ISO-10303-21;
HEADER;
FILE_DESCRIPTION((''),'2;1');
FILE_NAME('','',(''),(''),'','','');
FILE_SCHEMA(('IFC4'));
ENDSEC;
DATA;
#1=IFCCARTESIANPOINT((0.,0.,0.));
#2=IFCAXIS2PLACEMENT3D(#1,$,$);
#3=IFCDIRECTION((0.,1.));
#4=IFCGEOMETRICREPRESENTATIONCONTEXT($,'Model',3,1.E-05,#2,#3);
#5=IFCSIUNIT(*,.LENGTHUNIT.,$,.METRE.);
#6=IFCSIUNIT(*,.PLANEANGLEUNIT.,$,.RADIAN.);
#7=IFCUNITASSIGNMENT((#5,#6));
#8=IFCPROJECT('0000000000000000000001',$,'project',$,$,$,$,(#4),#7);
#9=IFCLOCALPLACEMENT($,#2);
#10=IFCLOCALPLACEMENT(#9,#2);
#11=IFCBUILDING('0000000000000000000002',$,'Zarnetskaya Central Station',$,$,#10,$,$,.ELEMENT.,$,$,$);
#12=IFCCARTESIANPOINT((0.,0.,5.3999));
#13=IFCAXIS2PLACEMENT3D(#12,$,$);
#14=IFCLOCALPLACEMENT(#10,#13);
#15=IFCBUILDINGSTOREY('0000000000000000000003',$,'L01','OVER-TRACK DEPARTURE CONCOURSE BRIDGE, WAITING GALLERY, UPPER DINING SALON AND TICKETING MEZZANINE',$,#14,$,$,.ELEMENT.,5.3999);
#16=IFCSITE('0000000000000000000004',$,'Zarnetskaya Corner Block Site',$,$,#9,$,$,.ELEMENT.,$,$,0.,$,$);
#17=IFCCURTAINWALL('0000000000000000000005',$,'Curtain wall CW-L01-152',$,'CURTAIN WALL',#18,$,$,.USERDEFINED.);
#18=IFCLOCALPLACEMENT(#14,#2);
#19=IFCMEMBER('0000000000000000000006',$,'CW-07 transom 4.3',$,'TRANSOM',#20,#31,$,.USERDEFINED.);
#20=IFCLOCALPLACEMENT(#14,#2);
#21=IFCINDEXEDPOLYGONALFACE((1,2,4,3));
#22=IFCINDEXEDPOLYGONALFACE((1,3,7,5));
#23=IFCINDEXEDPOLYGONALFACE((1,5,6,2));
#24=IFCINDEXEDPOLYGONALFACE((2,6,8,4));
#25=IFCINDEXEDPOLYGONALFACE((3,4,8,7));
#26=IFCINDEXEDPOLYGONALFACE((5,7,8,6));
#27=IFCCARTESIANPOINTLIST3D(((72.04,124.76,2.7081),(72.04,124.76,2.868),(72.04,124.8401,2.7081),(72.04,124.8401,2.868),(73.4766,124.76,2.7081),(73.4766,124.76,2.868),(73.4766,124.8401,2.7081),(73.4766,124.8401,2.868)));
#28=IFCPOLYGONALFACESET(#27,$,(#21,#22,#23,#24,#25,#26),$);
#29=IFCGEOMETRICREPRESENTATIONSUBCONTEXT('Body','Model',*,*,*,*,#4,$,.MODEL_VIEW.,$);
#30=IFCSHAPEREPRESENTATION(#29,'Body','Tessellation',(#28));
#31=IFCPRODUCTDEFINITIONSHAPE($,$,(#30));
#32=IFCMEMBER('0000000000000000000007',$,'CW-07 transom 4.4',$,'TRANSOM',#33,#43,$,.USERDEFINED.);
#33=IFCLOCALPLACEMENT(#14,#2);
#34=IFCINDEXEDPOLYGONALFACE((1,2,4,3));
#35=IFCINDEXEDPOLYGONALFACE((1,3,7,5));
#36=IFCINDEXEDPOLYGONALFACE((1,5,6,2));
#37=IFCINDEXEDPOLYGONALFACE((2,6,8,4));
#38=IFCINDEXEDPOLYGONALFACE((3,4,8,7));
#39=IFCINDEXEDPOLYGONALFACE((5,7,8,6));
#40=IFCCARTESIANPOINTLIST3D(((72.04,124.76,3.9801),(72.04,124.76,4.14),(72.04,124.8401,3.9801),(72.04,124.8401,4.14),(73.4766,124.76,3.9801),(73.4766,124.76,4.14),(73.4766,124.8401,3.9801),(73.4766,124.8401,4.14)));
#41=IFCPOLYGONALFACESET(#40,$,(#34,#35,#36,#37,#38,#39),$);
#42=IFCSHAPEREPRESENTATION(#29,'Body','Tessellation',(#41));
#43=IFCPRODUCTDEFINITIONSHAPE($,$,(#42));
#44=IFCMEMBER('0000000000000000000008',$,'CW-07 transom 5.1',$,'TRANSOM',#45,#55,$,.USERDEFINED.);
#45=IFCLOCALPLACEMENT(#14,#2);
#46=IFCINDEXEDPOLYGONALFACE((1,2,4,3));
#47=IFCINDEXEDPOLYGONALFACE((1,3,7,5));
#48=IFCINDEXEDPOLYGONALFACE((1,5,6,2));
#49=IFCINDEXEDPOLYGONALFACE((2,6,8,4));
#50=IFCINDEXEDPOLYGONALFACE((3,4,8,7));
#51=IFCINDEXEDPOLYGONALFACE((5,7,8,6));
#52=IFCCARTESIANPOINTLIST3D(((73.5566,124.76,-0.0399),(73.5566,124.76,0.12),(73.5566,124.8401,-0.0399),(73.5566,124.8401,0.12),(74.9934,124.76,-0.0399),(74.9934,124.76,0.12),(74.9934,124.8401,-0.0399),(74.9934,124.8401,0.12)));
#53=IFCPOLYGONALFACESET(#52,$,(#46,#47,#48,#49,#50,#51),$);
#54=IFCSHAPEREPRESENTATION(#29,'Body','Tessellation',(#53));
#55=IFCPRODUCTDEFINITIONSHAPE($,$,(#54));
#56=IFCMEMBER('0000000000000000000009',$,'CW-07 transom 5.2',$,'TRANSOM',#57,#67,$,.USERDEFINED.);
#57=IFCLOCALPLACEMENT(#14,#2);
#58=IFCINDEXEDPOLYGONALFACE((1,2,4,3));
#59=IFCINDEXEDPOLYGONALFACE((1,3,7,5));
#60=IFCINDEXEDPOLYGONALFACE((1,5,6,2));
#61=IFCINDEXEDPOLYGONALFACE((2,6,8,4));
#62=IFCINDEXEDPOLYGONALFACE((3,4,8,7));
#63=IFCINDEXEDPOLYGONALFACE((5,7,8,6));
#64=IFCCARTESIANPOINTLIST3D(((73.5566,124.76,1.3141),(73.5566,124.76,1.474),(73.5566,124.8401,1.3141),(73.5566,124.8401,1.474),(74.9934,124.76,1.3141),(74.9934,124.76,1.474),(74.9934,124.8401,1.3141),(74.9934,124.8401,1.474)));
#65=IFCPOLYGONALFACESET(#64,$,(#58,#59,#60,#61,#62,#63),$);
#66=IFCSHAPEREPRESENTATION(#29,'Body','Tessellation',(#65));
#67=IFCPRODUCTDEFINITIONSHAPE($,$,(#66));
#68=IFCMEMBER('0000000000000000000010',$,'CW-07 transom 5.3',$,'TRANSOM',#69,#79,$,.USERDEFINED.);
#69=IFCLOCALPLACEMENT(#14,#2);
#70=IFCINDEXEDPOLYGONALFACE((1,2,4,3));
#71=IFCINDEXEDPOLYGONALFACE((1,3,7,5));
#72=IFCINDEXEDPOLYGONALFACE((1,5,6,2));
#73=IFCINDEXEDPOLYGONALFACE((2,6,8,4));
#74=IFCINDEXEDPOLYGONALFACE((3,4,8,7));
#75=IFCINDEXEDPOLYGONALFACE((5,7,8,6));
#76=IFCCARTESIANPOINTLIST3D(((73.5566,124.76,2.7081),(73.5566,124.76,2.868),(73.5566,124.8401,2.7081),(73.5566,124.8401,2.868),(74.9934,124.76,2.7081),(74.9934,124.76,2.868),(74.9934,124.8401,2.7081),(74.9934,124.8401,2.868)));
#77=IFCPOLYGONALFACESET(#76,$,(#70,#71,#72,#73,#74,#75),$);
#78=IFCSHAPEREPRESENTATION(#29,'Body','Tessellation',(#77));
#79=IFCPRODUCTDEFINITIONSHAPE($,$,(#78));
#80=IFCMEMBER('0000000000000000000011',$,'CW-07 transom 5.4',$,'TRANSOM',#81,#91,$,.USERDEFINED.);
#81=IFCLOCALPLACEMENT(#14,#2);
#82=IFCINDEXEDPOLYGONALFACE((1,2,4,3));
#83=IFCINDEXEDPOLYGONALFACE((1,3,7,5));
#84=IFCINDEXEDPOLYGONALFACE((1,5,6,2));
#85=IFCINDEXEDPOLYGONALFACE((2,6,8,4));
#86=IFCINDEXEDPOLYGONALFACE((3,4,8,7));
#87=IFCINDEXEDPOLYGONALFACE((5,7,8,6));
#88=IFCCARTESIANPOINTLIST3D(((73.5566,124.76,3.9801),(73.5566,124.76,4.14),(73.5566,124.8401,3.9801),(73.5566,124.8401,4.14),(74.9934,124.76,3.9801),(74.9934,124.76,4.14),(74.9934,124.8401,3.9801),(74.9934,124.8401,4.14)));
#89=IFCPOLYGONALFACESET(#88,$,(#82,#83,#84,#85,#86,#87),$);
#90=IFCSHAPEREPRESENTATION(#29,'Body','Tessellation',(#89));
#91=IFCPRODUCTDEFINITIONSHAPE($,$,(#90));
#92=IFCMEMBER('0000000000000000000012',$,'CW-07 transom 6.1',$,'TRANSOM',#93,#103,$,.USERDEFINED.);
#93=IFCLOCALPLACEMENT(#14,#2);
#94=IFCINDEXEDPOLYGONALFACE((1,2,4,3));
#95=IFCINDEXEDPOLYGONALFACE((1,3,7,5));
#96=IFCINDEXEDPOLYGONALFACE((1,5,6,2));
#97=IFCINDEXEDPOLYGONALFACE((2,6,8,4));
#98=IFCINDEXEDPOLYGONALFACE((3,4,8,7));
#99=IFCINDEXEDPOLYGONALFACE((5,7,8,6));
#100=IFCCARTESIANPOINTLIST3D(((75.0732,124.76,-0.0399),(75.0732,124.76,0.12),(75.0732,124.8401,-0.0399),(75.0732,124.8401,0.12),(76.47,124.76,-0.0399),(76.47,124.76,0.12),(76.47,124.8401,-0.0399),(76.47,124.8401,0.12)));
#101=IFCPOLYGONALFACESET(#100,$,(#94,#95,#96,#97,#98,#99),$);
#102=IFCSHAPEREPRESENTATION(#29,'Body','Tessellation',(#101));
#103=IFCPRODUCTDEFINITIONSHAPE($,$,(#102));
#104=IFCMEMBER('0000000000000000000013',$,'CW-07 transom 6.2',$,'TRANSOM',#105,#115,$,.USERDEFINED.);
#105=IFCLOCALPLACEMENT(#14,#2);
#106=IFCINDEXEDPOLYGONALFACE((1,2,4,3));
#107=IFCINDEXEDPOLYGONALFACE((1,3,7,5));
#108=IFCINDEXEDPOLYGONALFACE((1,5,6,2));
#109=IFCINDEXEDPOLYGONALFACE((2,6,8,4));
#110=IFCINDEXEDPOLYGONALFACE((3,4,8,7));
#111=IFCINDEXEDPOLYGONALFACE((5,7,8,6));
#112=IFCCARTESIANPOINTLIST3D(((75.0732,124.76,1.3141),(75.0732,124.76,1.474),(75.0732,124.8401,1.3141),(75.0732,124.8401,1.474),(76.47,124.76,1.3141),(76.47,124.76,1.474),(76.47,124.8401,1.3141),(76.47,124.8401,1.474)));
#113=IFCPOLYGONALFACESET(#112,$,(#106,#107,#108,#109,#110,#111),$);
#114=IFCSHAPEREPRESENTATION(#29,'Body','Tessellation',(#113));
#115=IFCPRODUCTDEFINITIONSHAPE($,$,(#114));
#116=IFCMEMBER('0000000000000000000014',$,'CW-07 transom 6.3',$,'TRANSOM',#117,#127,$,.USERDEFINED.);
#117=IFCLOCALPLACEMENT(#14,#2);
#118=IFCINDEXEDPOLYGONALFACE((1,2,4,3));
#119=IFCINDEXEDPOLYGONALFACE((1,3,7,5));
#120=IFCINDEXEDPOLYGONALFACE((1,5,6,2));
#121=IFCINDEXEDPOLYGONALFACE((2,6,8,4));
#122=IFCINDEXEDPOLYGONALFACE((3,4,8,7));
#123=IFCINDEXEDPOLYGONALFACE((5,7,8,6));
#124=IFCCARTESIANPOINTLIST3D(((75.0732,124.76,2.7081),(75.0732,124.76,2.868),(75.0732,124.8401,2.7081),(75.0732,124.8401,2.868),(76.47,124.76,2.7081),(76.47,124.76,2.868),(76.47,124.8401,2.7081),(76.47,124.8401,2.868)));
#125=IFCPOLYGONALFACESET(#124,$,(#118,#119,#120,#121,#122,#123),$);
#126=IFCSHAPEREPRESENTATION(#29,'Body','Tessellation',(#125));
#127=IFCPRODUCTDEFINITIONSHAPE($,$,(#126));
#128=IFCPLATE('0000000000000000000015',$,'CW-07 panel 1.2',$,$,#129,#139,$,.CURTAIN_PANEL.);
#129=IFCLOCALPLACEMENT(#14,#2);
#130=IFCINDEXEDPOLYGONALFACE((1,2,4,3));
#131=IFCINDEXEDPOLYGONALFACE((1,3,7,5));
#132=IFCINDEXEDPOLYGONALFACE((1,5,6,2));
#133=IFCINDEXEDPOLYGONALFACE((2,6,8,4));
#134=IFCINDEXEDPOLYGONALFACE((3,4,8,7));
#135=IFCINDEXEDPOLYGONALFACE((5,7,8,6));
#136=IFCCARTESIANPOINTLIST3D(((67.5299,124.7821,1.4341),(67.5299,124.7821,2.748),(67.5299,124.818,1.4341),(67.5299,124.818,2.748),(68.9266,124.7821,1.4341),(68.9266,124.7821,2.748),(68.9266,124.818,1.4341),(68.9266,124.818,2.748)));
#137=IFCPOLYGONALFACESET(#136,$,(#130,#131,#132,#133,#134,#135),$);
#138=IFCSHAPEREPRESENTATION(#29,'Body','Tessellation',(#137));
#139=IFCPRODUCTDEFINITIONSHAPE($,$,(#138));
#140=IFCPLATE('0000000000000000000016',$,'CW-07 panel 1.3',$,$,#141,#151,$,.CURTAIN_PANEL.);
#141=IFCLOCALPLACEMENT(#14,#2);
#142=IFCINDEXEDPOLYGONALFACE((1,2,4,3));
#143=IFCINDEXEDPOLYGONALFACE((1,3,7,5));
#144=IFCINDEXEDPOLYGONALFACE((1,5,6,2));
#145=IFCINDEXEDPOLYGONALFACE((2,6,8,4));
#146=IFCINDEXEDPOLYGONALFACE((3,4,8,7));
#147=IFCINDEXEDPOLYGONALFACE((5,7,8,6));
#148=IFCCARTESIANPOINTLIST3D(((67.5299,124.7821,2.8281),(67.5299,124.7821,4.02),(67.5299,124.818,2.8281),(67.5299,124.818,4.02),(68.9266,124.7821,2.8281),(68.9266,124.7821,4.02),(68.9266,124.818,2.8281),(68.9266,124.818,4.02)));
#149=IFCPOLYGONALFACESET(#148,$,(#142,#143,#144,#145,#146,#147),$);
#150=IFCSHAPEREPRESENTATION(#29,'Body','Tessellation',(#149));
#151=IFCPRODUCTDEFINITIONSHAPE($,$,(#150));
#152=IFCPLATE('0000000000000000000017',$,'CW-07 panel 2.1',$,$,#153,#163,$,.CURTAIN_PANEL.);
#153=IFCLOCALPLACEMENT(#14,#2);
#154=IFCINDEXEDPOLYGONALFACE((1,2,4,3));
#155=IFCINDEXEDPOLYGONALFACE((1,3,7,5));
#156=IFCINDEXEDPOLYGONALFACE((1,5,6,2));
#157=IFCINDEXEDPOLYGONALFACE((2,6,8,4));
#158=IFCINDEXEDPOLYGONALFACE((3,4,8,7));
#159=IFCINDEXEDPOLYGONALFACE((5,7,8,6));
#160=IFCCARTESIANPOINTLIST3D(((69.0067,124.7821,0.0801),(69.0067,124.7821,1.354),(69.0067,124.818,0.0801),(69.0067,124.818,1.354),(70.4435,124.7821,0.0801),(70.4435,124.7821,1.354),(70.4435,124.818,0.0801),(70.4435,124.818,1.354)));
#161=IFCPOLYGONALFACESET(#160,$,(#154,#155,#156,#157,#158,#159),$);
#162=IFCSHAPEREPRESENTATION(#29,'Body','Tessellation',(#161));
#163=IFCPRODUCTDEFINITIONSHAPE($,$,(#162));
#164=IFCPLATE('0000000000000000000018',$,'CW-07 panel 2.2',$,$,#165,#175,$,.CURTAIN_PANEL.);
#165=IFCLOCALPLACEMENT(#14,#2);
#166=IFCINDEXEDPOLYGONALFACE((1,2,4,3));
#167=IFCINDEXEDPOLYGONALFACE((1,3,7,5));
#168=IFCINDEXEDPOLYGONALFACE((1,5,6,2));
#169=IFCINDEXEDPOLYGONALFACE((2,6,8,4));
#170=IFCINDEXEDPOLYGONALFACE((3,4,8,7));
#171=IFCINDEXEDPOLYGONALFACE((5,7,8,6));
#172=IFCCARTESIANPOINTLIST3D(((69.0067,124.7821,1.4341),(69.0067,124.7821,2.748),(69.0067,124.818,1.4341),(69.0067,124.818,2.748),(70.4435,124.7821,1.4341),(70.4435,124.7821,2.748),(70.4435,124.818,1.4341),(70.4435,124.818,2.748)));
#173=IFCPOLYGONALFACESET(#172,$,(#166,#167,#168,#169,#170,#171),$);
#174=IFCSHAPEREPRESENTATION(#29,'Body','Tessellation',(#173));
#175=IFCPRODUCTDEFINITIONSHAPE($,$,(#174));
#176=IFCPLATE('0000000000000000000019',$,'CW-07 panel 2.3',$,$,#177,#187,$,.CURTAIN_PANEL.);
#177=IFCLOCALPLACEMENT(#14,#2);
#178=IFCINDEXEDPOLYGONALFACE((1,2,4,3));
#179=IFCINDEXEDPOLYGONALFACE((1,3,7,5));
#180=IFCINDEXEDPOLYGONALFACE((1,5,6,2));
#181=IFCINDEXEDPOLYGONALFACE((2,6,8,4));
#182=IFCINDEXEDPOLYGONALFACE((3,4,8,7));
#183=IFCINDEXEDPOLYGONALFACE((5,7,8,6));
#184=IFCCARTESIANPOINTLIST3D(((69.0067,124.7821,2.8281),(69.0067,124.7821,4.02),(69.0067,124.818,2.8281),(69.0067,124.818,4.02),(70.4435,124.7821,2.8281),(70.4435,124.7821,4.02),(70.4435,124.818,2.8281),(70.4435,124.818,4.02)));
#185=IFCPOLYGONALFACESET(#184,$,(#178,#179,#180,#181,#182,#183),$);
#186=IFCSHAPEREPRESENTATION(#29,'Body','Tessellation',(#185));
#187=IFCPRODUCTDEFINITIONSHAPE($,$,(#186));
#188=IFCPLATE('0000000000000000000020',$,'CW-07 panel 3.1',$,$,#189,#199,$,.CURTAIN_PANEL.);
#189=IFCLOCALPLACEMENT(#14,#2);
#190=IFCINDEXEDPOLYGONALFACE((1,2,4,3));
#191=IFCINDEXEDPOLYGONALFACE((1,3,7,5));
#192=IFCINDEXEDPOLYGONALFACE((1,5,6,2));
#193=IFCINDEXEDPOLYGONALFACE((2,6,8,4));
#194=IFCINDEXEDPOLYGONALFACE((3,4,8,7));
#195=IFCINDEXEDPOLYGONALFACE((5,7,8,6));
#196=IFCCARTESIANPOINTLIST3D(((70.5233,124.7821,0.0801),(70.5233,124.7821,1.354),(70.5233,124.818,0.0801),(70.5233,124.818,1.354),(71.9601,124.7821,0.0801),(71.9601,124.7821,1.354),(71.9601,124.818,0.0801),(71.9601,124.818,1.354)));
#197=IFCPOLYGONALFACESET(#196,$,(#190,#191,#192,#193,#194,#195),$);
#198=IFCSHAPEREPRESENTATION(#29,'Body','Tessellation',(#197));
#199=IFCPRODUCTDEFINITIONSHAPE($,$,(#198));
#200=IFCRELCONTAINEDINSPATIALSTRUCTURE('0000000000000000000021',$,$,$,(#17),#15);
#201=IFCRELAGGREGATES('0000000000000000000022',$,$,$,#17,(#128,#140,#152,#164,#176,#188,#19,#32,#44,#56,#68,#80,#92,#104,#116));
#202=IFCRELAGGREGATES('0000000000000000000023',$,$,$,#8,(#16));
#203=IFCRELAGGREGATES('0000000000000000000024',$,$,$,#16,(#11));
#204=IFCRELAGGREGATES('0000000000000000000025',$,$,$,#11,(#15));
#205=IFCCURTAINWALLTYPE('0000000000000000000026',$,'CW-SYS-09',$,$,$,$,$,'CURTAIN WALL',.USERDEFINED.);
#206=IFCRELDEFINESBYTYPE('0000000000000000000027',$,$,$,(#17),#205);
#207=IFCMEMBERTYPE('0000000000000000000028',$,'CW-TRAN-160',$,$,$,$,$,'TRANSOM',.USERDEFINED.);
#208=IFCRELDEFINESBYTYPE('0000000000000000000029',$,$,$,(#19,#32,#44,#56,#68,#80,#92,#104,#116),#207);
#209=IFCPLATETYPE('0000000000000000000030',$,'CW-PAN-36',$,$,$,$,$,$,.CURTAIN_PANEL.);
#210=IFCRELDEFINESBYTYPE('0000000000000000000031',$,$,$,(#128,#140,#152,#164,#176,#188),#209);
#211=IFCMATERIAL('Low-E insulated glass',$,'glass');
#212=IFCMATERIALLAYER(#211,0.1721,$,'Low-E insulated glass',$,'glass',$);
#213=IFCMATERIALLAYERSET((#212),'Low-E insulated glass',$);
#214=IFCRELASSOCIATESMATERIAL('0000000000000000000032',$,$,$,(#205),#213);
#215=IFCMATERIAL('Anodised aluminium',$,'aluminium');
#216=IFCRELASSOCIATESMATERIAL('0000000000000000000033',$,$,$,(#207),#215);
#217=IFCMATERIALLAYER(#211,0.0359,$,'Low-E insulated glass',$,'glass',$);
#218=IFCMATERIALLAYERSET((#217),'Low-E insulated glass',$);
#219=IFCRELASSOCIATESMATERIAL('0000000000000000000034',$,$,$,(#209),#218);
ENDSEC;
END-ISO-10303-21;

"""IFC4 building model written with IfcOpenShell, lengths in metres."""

from ifc_helpers import new_model, si_unit, direction, frame, origin, origin_2d, place, context, subcontext, project, spatial, rectangle, extrude, material, layer, layer_set, material_profile, profile_set, type_object, element, aggregate, save


model = new_model("IFC4")

# Units and contexts
model_context = context("Model", 3, precision=1e-05, world=origin(), true_north=direction((0.0, 1.0)))
body_context = subcontext(model_context, "Body", "Model", "MODEL_VIEW")
ifc_project = project(units=[si_unit("LENGTHUNIT", "METRE"), si_unit("PLANEANGLEUNIT", "RADIAN")], contexts=[model_context])

# Site, building, storey
site_placement = place(None, origin())
site = spatial("IfcSite", under=ifc_project, at=site_placement, Name="Zarnetskaya Corner Block Site", CompositionType="ELEMENT", RefElevation=0.0)
building_placement = place(site_placement, origin())
building = spatial("IfcBuilding", under=site, at=building_placement, Name="Zarnetskaya Central Station", CompositionType="ELEMENT")
storey_placement = place(building_placement, frame((0.0, 0.0, 5.3999)))
storey = spatial("IfcBuildingStorey", under=building, at=storey_placement, Name="L01", Description="OVER-TRACK DEPARTURE CONCOURSE BRIDGE, WAITING GALLERY, UPPER DINING SALON AND TICKETING MEZZANINE", CompositionType="ELEMENT", Elevation=5.3999)

# Curtain wall, members, plates
ifc_material_1 = material(Name="Low-E insulated glass", Category="glass")
ifc_layer_1 = layer(ifc_material_1, 0.1721, Name="Low-E insulated glass", Category="glass")
ifc_layer_set_1 = layer_set([ifc_layer_1], Name="Low-E insulated glass")
curtain_wall_type = type_object("IfcCurtainWallType", Name="CW-SYS-09", ElementType="CURTAIN WALL", PredefinedType="USERDEFINED", material=ifc_layer_set_1)
curtain_wall_placement = place(storey_placement, origin())
curtain_wall = element("IfcCurtainWall", 1, at=curtain_wall_placement, inside=storey, type_object=curtain_wall_type, Name="Curtain wall CW-L01-152", ObjectType="CURTAIN WALL", PredefinedType="USERDEFINED")
ifc_material_2 = material(Name="Anodised aluminium", Category="aluminium")
ifc_material_profile_1 = material_profile(ifc_material_2, rectangle(XDim=0.0801, YDim=0.1599, at=origin_2d()), Name="ALU TRAN 80x160")
ifc_profile_set_1 = profile_set([ifc_material_profile_1], Name="Anodised aluminium")
member_type_1 = type_object("IfcMemberType", Name="CW-TRAN-160", ElementType="TRANSOM", PredefinedType="USERDEFINED", material=ifc_profile_set_1)
member_1_placement = place(storey_placement, frame((72.04, 124.8, 2.7881), z_axis=(1.0, 0.0, 0.0), x_axis=(0.0, 1.0, 0.0)))
member_1 = element("IfcMember", 2, at=member_1_placement, type_object=member_type_1, Name="CW-07 transom 4.3", ObjectType="TRANSOM", PredefinedType="USERDEFINED", context=body_context, shape_type="SweptSolid", body=[
    extrude(rectangle(XDim=0.0801, YDim=0.1599, at=origin_2d()), origin(), (0.0, 0.0, 1.0), 1.4365),
])
member_2_placement = place(storey_placement, frame((72.04, 124.8, 4.0601), z_axis=(1.0, 0.0, 0.0), x_axis=(0.0, 1.0, 0.0)))
member_2 = element("IfcMember", 3, at=member_2_placement, type_object=member_type_1, Name="CW-07 transom 4.4", ObjectType="TRANSOM", PredefinedType="USERDEFINED", context=body_context, shape_type="SweptSolid", body=[
    extrude(rectangle(XDim=0.0801, YDim=0.1599, at=origin_2d()), origin(), (0.0, 0.0, 1.0), 1.4365),
])
member_3_placement = place(storey_placement, frame((73.5566, 124.8, 0.04), z_axis=(1.0, 0.0, 0.0), x_axis=(0.0, 1.0, 0.0)))
member_3 = element("IfcMember", 4, at=member_3_placement, type_object=member_type_1, Name="CW-07 transom 5.1", ObjectType="TRANSOM", PredefinedType="USERDEFINED", context=body_context, shape_type="SweptSolid", body=[
    extrude(rectangle(XDim=0.0801, YDim=0.1599, at=origin_2d()), origin(), (0.0, 0.0, 1.0), 1.4368),
])
member_4_placement = place(storey_placement, frame((73.5566, 124.8, 1.394), z_axis=(1.0, 0.0, 0.0), x_axis=(0.0, 1.0, 0.0)))
member_4 = element("IfcMember", 5, at=member_4_placement, type_object=member_type_1, Name="CW-07 transom 5.2", ObjectType="TRANSOM", PredefinedType="USERDEFINED", context=body_context, shape_type="SweptSolid", body=[
    extrude(rectangle(XDim=0.0801, YDim=0.1599, at=origin_2d()), origin(), (0.0, 0.0, 1.0), 1.4368),
])
member_5_placement = place(storey_placement, frame((73.5566, 124.8, 2.7881), z_axis=(1.0, 0.0, 0.0), x_axis=(0.0, 1.0, 0.0)))
member_5 = element("IfcMember", 6, at=member_5_placement, type_object=member_type_1, Name="CW-07 transom 5.3", ObjectType="TRANSOM", PredefinedType="USERDEFINED", context=body_context, shape_type="SweptSolid", body=[
    extrude(rectangle(XDim=0.0801, YDim=0.1599, at=origin_2d()), origin(), (0.0, 0.0, 1.0), 1.4368),
])
member_6_placement = place(storey_placement, frame((73.5566, 124.8, 4.0601), z_axis=(1.0, 0.0, 0.0), x_axis=(0.0, 1.0, 0.0)))
member_6 = element("IfcMember", 7, at=member_6_placement, type_object=member_type_1, Name="CW-07 transom 5.4", ObjectType="TRANSOM", PredefinedType="USERDEFINED", context=body_context, shape_type="SweptSolid", body=[
    extrude(rectangle(XDim=0.0801, YDim=0.1599, at=origin_2d()), origin(), (0.0, 0.0, 1.0), 1.4368),
])
member_7_placement = place(storey_placement, frame((75.0732, 124.8, 0.04), z_axis=(1.0, 0.0, 0.0), x_axis=(0.0, 1.0, 0.0)))
member_7 = element("IfcMember", 8, at=member_7_placement, type_object=member_type_1, Name="CW-07 transom 6.1", ObjectType="TRANSOM", PredefinedType="USERDEFINED", context=body_context, shape_type="SweptSolid", body=[
    extrude(rectangle(XDim=0.0801, YDim=0.1599, at=origin_2d()), origin(), (0.0, 0.0, 1.0), 1.3967),
])
member_8_placement = place(storey_placement, frame((75.0732, 124.8, 1.394), z_axis=(1.0, 0.0, 0.0), x_axis=(0.0, 1.0, 0.0)))
member_8 = element("IfcMember", 9, at=member_8_placement, type_object=member_type_1, Name="CW-07 transom 6.2", ObjectType="TRANSOM", PredefinedType="USERDEFINED", context=body_context, shape_type="SweptSolid", body=[
    extrude(rectangle(XDim=0.0801, YDim=0.1599, at=origin_2d()), origin(), (0.0, 0.0, 1.0), 1.3967),
])
member_9_placement = place(storey_placement, frame((75.0732, 124.8, 2.7881), z_axis=(1.0, 0.0, 0.0), x_axis=(0.0, 1.0, 0.0)))
member_9 = element("IfcMember", 10, at=member_9_placement, type_object=member_type_1, Name="CW-07 transom 6.3", ObjectType="TRANSOM", PredefinedType="USERDEFINED", context=body_context, shape_type="SweptSolid", body=[
    extrude(rectangle(XDim=0.0801, YDim=0.1599, at=origin_2d()), origin(), (0.0, 0.0, 1.0), 1.3967),
])
ifc_layer_2 = layer(ifc_material_1, 0.0359, Name="Low-E insulated glass", Category="glass")
ifc_layer_set_2 = layer_set([ifc_layer_2], Name="Low-E insulated glass")
plate_type = type_object("IfcPlateType", Name="CW-PAN-36", PredefinedType="CURTAIN_PANEL", material=ifc_layer_set_2)
plate_1_placement = place(storey_placement, frame((68.2283, 124.8, 1.4341), z_axis=(0.0, 0.0, 1.0), x_axis=(1.0, 0.0, 0.0)))
plate_1 = element("IfcPlate", 11, at=plate_1_placement, type_object=plate_type, Name="CW-07 panel 1.2", PredefinedType="CURTAIN_PANEL", context=body_context, shape_type="SweptSolid", body=[
    extrude(rectangle(XDim=1.3967, YDim=0.0359, at=origin_2d()), origin(), (0.0, 0.0, 1.0), 1.314),
])
plate_2_placement = place(storey_placement, frame((68.2283, 124.8, 2.8281), z_axis=(0.0, 0.0, 1.0), x_axis=(1.0, 0.0, 0.0)))
plate_2 = element("IfcPlate", 12, at=plate_2_placement, type_object=plate_type, Name="CW-07 panel 1.3", PredefinedType="CURTAIN_PANEL", context=body_context, shape_type="SweptSolid", body=[
    extrude(rectangle(XDim=1.3967, YDim=0.0359, at=origin_2d()), origin(), (0.0, 0.0, 1.0), 1.1919),
])
plate_3_placement = place(storey_placement, frame((69.7251, 124.8, 0.0801), z_axis=(0.0, 0.0, 1.0), x_axis=(1.0, 0.0, 0.0)))
plate_3 = element("IfcPlate", 13, at=plate_3_placement, type_object=plate_type, Name="CW-07 panel 2.1", PredefinedType="CURTAIN_PANEL", context=body_context, shape_type="SweptSolid", body=[
    extrude(rectangle(XDim=1.4368, YDim=0.0359, at=origin_2d()), origin(), (0.0, 0.0, 1.0), 1.2739),
])
plate_4_placement = place(storey_placement, frame((69.7251, 124.8, 1.4341), z_axis=(0.0, 0.0, 1.0), x_axis=(1.0, 0.0, 0.0)))
plate_4 = element("IfcPlate", 14, at=plate_4_placement, type_object=plate_type, Name="CW-07 panel 2.2", PredefinedType="CURTAIN_PANEL", context=body_context, shape_type="SweptSolid", body=[
    extrude(rectangle(XDim=1.4368, YDim=0.0359, at=origin_2d()), origin(), (0.0, 0.0, 1.0), 1.314),
])
plate_5_placement = place(storey_placement, frame((69.7251, 124.8, 2.8281), z_axis=(0.0, 0.0, 1.0), x_axis=(1.0, 0.0, 0.0)))
plate_5 = element("IfcPlate", 15, at=plate_5_placement, type_object=plate_type, Name="CW-07 panel 2.3", PredefinedType="CURTAIN_PANEL", context=body_context, shape_type="SweptSolid", body=[
    extrude(rectangle(XDim=1.4368, YDim=0.0359, at=origin_2d()), origin(), (0.0, 0.0, 1.0), 1.1919),
])
plate_6_placement = place(storey_placement, frame((71.2417, 124.8, 0.0801), z_axis=(0.0, 0.0, 1.0), x_axis=(1.0, 0.0, 0.0)))
plate_6 = element("IfcPlate", 16, at=plate_6_placement, type_object=plate_type, Name="CW-07 panel 3.1", PredefinedType="CURTAIN_PANEL", context=body_context, shape_type="SweptSolid", body=[
    extrude(rectangle(XDim=1.4368, YDim=0.0359, at=origin_2d()), origin(), (0.0, 0.0, 1.0), 1.2739),
])
aggregate(curtain_wall, [plate_1, plate_2, plate_3, plate_4, plate_5, plate_6, member_1, member_2, member_3, member_4, member_5, member_6, member_7, member_8, member_9])

save(model, "model.ifc")
